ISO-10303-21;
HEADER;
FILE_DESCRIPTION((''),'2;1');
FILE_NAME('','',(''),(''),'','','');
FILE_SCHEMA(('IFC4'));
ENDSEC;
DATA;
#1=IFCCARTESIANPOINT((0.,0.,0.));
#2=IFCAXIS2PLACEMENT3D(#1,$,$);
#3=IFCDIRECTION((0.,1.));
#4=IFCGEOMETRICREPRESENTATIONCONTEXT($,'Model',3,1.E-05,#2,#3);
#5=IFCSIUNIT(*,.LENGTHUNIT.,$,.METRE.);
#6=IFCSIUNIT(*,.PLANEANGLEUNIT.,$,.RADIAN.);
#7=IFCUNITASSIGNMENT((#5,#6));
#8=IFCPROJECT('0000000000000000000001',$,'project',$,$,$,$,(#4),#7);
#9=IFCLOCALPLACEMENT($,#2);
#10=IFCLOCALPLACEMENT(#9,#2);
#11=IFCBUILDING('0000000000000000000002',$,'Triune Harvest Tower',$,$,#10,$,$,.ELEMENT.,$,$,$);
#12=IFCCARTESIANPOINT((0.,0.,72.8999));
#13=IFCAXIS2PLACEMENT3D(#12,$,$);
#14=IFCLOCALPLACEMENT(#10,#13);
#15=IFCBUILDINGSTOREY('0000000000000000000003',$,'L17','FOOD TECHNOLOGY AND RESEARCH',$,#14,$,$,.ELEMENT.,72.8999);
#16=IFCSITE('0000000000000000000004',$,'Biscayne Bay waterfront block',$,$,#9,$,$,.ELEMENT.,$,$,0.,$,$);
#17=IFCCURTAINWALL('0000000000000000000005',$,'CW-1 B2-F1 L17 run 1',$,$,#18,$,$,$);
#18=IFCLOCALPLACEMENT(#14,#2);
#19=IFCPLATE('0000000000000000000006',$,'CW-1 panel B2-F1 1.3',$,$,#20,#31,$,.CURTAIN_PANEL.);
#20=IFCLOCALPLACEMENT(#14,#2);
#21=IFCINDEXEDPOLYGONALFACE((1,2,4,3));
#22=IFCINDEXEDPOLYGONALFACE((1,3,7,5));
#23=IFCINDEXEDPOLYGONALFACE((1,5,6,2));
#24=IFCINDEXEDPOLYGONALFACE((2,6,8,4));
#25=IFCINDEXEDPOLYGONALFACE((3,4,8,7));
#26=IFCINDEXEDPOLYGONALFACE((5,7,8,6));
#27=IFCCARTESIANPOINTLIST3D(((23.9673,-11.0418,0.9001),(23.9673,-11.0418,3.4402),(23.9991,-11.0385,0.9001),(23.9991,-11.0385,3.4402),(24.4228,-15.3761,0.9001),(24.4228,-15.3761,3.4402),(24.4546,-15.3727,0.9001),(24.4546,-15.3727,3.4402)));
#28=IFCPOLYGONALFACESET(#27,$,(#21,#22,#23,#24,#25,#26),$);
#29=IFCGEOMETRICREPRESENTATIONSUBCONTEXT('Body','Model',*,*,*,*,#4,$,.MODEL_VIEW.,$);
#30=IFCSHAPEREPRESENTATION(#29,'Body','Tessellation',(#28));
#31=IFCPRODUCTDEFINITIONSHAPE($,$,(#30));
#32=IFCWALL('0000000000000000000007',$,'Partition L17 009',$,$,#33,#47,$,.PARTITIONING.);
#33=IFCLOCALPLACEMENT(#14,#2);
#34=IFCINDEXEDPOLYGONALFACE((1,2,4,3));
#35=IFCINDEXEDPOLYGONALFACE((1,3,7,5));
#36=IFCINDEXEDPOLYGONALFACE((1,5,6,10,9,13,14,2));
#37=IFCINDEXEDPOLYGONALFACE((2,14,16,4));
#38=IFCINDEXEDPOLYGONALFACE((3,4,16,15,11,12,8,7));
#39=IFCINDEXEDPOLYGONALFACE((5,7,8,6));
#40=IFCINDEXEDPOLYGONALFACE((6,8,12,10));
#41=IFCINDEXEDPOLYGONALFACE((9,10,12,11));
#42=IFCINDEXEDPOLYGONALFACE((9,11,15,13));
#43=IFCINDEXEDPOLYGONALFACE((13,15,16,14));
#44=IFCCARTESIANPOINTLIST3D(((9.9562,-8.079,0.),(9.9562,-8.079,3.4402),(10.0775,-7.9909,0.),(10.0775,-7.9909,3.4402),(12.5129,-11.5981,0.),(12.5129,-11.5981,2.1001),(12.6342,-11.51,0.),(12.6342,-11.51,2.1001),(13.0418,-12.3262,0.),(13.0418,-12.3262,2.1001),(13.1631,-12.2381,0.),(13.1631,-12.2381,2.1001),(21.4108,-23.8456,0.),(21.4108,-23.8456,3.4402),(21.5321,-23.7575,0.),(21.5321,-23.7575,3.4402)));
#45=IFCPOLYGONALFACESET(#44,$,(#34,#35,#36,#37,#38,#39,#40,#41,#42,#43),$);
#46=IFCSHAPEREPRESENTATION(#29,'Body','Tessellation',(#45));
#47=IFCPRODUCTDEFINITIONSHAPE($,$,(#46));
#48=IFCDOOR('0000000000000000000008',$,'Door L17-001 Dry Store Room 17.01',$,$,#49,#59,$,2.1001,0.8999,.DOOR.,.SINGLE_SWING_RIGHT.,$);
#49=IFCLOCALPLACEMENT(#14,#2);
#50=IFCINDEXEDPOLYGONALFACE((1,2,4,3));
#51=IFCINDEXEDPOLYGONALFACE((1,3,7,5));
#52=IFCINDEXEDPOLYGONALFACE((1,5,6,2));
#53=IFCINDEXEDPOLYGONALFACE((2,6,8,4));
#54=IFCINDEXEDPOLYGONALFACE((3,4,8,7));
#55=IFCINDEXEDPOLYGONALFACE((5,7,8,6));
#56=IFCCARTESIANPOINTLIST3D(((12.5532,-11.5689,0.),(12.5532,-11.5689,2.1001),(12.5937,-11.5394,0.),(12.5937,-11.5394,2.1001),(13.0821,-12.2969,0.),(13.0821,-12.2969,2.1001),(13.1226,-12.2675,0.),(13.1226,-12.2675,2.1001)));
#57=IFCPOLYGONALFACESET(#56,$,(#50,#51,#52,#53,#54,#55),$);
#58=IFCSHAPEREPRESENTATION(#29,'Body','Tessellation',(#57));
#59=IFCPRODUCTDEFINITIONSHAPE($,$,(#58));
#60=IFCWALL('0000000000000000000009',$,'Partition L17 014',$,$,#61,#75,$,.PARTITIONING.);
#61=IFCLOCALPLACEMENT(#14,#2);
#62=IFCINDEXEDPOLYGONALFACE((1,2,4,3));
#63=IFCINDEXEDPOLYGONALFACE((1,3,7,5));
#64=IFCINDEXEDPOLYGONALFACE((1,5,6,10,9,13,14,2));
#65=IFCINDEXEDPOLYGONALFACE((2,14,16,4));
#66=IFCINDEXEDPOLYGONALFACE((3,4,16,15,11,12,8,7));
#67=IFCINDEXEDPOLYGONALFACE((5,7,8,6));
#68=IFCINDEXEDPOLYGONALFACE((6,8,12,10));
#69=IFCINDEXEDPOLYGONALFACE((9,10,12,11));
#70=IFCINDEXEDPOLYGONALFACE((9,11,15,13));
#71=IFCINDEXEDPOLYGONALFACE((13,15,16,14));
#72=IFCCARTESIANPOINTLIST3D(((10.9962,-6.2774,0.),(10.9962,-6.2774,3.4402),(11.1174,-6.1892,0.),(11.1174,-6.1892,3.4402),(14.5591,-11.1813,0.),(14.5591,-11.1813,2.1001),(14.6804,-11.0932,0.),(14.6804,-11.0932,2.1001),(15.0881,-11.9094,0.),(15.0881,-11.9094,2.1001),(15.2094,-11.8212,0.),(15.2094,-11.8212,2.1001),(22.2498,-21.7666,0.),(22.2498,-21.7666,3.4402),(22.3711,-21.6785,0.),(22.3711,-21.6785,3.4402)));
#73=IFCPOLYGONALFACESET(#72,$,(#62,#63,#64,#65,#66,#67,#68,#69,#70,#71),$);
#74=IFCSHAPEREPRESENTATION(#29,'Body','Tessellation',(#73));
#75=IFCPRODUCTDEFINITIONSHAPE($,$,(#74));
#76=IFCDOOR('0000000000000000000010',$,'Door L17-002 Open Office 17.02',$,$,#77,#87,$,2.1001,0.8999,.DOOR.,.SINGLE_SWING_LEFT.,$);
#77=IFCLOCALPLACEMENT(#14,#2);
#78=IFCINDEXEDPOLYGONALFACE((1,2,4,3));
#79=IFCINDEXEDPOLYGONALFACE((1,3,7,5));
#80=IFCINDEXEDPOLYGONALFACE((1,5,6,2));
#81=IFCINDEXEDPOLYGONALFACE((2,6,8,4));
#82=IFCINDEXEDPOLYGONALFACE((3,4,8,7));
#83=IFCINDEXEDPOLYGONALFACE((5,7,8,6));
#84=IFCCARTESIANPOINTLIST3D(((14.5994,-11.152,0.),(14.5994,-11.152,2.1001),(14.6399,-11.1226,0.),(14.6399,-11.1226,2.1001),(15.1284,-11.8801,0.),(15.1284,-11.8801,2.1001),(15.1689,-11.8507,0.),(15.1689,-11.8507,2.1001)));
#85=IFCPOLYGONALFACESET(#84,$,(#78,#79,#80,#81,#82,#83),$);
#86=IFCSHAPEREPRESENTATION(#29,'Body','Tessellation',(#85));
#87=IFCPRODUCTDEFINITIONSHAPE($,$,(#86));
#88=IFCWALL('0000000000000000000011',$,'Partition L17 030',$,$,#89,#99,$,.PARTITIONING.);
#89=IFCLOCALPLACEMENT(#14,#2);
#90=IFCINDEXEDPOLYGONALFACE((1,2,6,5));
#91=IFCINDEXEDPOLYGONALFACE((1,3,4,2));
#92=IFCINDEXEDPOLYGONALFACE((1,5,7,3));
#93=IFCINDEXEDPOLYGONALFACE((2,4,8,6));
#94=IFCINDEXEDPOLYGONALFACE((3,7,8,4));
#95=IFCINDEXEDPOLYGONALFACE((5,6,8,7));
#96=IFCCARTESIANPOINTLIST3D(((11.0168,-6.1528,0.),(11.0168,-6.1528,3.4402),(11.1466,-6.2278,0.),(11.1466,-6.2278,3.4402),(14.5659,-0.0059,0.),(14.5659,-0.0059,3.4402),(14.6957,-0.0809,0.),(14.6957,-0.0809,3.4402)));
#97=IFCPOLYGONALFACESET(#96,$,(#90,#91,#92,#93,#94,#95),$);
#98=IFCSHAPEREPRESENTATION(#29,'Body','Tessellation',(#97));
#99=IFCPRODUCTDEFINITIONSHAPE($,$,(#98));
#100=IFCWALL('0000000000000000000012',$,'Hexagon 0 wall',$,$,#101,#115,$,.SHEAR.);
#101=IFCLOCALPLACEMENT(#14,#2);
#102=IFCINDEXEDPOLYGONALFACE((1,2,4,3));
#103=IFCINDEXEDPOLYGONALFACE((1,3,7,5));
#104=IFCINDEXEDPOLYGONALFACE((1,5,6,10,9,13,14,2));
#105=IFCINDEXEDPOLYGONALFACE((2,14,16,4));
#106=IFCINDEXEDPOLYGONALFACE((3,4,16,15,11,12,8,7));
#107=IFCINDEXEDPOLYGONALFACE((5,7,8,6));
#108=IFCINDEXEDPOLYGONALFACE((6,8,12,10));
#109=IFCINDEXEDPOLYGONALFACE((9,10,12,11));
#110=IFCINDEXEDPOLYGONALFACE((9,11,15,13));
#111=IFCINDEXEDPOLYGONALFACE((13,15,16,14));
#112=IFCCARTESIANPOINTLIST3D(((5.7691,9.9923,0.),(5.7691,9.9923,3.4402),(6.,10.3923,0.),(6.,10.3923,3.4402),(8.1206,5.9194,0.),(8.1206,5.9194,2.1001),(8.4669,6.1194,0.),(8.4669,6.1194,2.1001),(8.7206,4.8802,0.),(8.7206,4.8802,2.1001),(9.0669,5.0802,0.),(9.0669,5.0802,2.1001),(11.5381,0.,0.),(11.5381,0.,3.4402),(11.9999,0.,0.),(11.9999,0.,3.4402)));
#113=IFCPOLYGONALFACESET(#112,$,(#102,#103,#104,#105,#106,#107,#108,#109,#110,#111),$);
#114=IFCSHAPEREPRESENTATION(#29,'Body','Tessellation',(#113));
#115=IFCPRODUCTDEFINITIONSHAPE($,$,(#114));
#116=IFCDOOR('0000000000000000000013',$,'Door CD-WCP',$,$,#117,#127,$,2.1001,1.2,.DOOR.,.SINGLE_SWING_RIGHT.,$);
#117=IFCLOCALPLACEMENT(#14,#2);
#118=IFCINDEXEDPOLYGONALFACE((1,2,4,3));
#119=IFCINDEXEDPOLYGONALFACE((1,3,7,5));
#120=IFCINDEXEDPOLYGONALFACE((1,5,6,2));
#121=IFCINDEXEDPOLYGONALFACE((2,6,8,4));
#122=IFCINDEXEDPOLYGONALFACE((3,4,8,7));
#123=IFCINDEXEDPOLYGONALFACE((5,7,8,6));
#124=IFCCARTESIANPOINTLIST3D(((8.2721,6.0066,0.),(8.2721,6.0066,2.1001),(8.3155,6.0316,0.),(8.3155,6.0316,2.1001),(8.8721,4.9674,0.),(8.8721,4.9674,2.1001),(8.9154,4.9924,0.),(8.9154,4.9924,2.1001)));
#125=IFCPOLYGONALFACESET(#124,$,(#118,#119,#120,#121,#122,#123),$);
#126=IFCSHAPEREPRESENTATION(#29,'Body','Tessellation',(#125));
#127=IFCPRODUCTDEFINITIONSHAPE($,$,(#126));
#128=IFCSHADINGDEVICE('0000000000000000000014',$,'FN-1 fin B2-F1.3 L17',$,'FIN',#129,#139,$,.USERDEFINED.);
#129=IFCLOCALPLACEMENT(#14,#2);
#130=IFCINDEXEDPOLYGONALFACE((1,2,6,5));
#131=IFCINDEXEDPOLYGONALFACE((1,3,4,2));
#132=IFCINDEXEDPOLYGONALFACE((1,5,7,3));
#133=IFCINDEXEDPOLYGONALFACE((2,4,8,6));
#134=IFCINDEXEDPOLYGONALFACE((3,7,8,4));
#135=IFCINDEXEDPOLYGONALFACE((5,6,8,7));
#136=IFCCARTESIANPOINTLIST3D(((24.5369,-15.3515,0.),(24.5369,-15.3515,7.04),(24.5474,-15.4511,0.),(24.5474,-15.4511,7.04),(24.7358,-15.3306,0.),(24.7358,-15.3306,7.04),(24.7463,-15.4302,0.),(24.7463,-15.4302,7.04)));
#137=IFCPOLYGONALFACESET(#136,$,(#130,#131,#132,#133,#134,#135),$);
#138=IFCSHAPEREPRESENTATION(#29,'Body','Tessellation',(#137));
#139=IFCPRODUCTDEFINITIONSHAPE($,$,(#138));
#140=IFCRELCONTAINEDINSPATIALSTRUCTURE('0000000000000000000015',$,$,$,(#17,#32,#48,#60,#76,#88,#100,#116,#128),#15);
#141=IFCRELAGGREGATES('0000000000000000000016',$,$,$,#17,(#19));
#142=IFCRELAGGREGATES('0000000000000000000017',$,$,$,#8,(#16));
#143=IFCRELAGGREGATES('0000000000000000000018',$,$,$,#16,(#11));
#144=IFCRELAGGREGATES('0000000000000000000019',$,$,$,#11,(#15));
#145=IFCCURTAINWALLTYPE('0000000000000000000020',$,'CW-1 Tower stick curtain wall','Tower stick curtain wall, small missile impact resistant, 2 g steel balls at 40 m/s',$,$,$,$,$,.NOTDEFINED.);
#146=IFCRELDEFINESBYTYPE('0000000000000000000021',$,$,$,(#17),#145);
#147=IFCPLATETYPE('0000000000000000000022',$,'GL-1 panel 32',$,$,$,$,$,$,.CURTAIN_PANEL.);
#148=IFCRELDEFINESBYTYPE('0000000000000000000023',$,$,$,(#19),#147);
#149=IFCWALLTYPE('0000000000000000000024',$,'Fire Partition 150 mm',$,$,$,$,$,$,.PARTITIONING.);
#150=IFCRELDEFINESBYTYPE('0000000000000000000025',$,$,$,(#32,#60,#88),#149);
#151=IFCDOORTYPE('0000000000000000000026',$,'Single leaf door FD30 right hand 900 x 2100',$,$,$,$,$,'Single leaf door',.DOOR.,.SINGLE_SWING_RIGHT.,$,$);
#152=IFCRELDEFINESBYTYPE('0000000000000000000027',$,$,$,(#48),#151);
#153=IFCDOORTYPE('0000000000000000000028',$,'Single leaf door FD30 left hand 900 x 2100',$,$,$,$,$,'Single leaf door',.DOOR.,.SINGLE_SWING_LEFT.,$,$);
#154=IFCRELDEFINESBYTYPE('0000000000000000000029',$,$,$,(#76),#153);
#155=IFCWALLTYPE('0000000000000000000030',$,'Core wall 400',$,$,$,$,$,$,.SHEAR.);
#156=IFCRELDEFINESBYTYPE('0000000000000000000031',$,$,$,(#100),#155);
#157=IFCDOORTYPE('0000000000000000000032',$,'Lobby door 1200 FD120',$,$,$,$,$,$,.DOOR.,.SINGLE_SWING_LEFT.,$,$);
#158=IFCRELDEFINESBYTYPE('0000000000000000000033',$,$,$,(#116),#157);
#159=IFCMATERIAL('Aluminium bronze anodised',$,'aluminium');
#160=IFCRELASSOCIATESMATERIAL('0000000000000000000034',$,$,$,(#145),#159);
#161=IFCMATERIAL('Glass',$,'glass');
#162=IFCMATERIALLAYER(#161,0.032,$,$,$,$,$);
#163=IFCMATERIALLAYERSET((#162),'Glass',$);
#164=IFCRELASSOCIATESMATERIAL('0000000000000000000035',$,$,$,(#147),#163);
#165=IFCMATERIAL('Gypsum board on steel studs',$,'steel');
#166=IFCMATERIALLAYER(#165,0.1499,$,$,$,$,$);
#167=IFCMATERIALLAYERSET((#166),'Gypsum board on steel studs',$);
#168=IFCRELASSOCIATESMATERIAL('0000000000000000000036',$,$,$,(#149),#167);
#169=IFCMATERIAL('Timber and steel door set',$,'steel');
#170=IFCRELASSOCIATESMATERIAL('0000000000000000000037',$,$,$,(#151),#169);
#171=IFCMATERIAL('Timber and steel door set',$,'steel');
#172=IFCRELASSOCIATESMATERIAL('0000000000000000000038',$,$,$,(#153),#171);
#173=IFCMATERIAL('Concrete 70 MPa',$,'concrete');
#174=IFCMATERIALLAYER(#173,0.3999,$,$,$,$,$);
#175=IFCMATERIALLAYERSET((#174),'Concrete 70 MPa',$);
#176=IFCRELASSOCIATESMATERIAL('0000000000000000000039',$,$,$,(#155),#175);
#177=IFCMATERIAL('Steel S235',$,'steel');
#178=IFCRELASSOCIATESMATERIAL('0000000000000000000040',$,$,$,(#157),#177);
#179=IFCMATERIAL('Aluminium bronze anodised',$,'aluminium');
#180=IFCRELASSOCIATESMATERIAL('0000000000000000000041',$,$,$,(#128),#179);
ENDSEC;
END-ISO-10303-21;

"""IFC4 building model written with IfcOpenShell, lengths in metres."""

from ifc_helpers import new_model, si_unit, direction, frame, frame_2d, origin, origin_2d, place, context, subcontext, project, spatial, polyline, rectangle, outline, extrude, source, transform, mapped, material, layer, layer_set, type_object, element, fill, aggregate, save


model = new_model("IFC4")

# Units and contexts
model_context = context("Model", 3, precision=1e-05, world=origin(), true_north=direction((0.0, 1.0)))
body_context = subcontext(model_context, "Body", "Model", "MODEL_VIEW")
ifc_project = project(units=[si_unit("LENGTHUNIT", "METRE"), si_unit("PLANEANGLEUNIT", "RADIAN")], contexts=[model_context])

# Site, building, storey
site_placement = place(None, origin())
site = spatial("IfcSite", under=ifc_project, at=site_placement, Name="Biscayne Bay waterfront block", CompositionType="ELEMENT", RefElevation=0.0)
building_placement = place(site_placement, origin())
building = spatial("IfcBuilding", under=site, at=building_placement, Name="Triune Harvest Tower", CompositionType="ELEMENT")
storey_placement = place(building_placement, frame((0.0, 0.0, 72.8999)))
storey = spatial("IfcBuildingStorey", under=building, at=storey_placement, Name="L17", Description="FOOD TECHNOLOGY AND RESEARCH", CompositionType="ELEMENT", Elevation=72.8999)

# Curtain wall
ifc_material_1 = material(Name="Aluminium bronze anodised", Category="aluminium")
curtain_wall_type_1 = type_object("IfcCurtainWallType", Name="CW-1 Tower stick curtain wall", Description="Tower stick curtain wall, small missile impact resistant, 2 g steel balls at 40 m/s", PredefinedType="NOTDEFINED", material=ifc_material_1)
curtain_wall_1_placement = place(storey_placement, origin())
curtain_wall_1 = element("IfcCurtainWall", 1, at=curtain_wall_1_placement, inside=storey, type_object=curtain_wall_type_1, Name="CW-1 B2-F1 L17 run 1")

# Plate
ifc_material_2 = material(Name="Glass", Category="glass")
ifc_layer_1 = layer(ifc_material_2, 0.032)
ifc_layer_set_1 = layer_set([ifc_layer_1], Name="Glass")
plate_type_1 = type_object("IfcPlateType", Name="GL-1 panel 32", PredefinedType="CURTAIN_PANEL", material=ifc_layer_set_1)
shared_shape_1 = source(origin(), body_context, "Body", "SweptSolid", [
    extrude(rectangle(XDim=4.3582, YDim=0.032, at=origin_2d()), origin(), (0.0, 0.0, 1.0), 2.54),
])
plate_1_placement = place(storey_placement, frame((24.2109, -13.2073, 0.9001), z_axis=(0.0, 0.0, 1.0), x_axis=(-0.104527, 0.994522, 0.0)))
plate_1 = element("IfcPlate", 2, at=plate_1_placement, type_object=plate_type_1, Name="CW-1 panel B2-F1 1.3", PredefinedType="CURTAIN_PANEL", context=body_context, shape_type="MappedRepresentation", body=[
    mapped(shared_shape_1, transform((0.0, 0.0, 0.0), scale=1.0)),
])
aggregate(curtain_wall_1, [plate_1])

# Walls, openings, doors
ifc_material_3 = material(Name="Gypsum board on steel studs", Category="steel")
ifc_layer_2 = layer(ifc_material_3, 0.1499)
ifc_layer_set_2 = layer_set([ifc_layer_2], Name="Gypsum board on steel studs")
wall_type_1 = type_object("IfcWallType", Name="Fire Partition 150 mm", PredefinedType="PARTITIONING", material=ifc_layer_set_2)
wall_1_placement = place(storey_placement, frame((10.0168, -8.0349, 0.0), z_axis=(0.0, 0.0, 1.0), x_axis=(0.587768, -0.80903, 0.0)))
wall_1 = element("IfcWall", 3, at=wall_1_placement, inside=storey, type_object=wall_type_1, Name="Partition L17 009", PredefinedType="PARTITIONING", context=body_context, shape_type="SweptSolid", body=[
    extrude(rectangle(XDim=19.4883, YDim=0.1499, at=frame_2d((9.7441, 0.0))), origin(), (0.0, 0.0, 1.0), 3.4402),
])
opening_1_placement = place(wall_1_placement, frame((4.3499, 0.0, 0.0)))
opening_1 = element("IfcOpeningElement", 4, at=opening_1_placement, cuts=wall_1, PredefinedType="OPENING", context=body_context, shape_type="SweptSolid", body=[
    extrude(rectangle(XDim=0.8999, YDim=2.1001, at=frame_2d((0.45, 1.05))), frame((0.0, 0.085, 0.0), z_axis=(0.0, -1.0, 0.0), x_axis=(1.0, 0.0, 0.0)), (0.0, 0.0, 1.0), 0.1699),
])
ifc_material_4 = material(Name="Timber and steel door set", Category="steel")
door_type_1 = type_object("IfcDoorType", Name="Single leaf door FD30 right hand 900 x 2100", ElementType="Single leaf door", OperationType="SINGLE_SWING_RIGHT", PredefinedType="DOOR", material=ifc_material_4)
door_1_placement = place(opening_1_placement, origin())
door_1 = element("IfcDoor", 5, at=door_1_placement, inside=storey, type_object=door_type_1, Name="Door L17-001 Dry Store Room 17.01", OperationType="SINGLE_SWING_RIGHT", OverallHeight=2.1001, OverallWidth=0.8999, PredefinedType="DOOR", context=body_context, shape_type="SweptSolid", body=[
    extrude(rectangle(XDim=0.8999, YDim=2.1001, at=frame_2d((0.45, 1.05))), frame((0.0, 0.0249, 0.0), z_axis=(0.0, -1.0, 0.0), x_axis=(1.0, 0.0, 0.0)), (0.0, 0.0, 1.0), 0.05),
])
fill(opening_1, door_1)
wall_2_placement = place(storey_placement, frame((11.0569, -6.2334, 0.0), z_axis=(0.0, 0.0, 1.0), x_axis=(0.587787, -0.809016, 0.0)))
wall_2 = element("IfcWall", 6, at=wall_2_placement, inside=storey, type_object=wall_type_1, Name="Partition L17 014", PredefinedType="PARTITIONING", context=body_context, shape_type="SweptSolid", body=[
    extrude(rectangle(XDim=19.1458, YDim=0.1499, at=frame_2d((9.5728, 0.0))), origin(), (0.0, 0.0, 1.0), 3.4402),
])
opening_2_placement = place(wall_2_placement, frame((6.0615, 0.0, 0.0)))
opening_2 = element("IfcOpeningElement", 7, at=opening_2_placement, cuts=wall_2, PredefinedType="OPENING", context=body_context, shape_type="SweptSolid", body=[
    extrude(rectangle(XDim=0.8999, YDim=2.1001, at=frame_2d((0.45, 1.05))), frame((0.0, 0.085, 0.0), z_axis=(0.0, -1.0, 0.0), x_axis=(1.0, 0.0, 0.0)), (0.0, 0.0, 1.0), 0.1699),
])
ifc_material_5 = material(Name="Timber and steel door set", Category="steel")
door_type_2 = type_object("IfcDoorType", Name="Single leaf door FD30 left hand 900 x 2100", ElementType="Single leaf door", OperationType="SINGLE_SWING_LEFT", PredefinedType="DOOR", material=ifc_material_5)
door_2_placement = place(opening_2_placement, origin())
door_2 = element("IfcDoor", 8, at=door_2_placement, inside=storey, type_object=door_type_2, Name="Door L17-002 Open Office 17.02", OperationType="SINGLE_SWING_LEFT", OverallHeight=2.1001, OverallWidth=0.8999, PredefinedType="DOOR", context=body_context, shape_type="SweptSolid", body=[
    extrude(rectangle(XDim=0.8999, YDim=2.1001, at=frame_2d((0.45, 1.05))), frame((0.0, 0.0249, 0.0), z_axis=(0.0, -1.0, 0.0), x_axis=(1.0, 0.0, 0.0)), (0.0, 0.0, 1.0), 0.05),
])
fill(opening_2, door_2)

# Wall
wall_3_placement = place(storey_placement, frame((11.0818, -6.1902, 0.0), z_axis=(0.0, 0.0, 1.0), x_axis=(0.500012, 0.866018, 0.0)))
element("IfcWall", 9, at=wall_3_placement, inside=storey, type_object=wall_type_1, Name="Partition L17 030", PredefinedType="PARTITIONING", context=body_context, shape_type="SweptSolid", body=[
    extrude(rectangle(XDim=7.0979, YDim=0.1499, at=frame_2d((3.5488, 0.0))), origin(), (0.0, 0.0, 1.0), 3.4402),
])

# Wall, opening, door
ifc_material_6 = material(Name="Concrete 70 MPa", Category="concrete")
ifc_layer_3 = layer(ifc_material_6, 0.3999)
ifc_layer_set_3 = layer_set([ifc_layer_3], Name="Concrete 70 MPa")
wall_type_2 = type_object("IfcWallType", Name="Core wall 400", PredefinedType="SHEAR", material=ifc_layer_set_3)
shared_shape_2 = source(origin(), body_context, "Body", "SweptSolid", [
    extrude(outline(polyline([(-0.1155, -0.2), (11.8845, -0.2), (11.6536, 0.2), (0.1155, 0.2), (-0.1155, -0.2)])), origin(), (0.0, 0.0, 1.0), 3.4402),
])
wall_4_placement = place(storey_placement, frame((11.769, 0.0, 0.0), z_axis=(0.0, 0.0, 1.0), x_axis=(-0.499997, 0.866027, 0.0)))
wall_4 = element("IfcWall", 10, at=wall_4_placement, inside=storey, type_object=wall_type_2, Name="Hexagon 0 wall", PredefinedType="SHEAR", context=body_context, shape_type="MappedRepresentation", body=[
    mapped(shared_shape_2, transform((0.0, 0.0, 0.0), scale=1.0)),
])
opening_3_placement = place(wall_4_placement, frame((5.7505, 0.0, 0.0)))
opening_3 = element("IfcOpeningElement", 11, at=opening_3_placement, cuts=wall_4, PredefinedType="OPENING", context=body_context, shape_type="SweptSolid", body=[
    extrude(rectangle(XDim=1.2, YDim=2.1001, at=frame_2d((0.6001, 1.05))), frame((0.0, 0.21, 0.0), z_axis=(0.0, -1.0, 0.0), x_axis=(1.0, 0.0, 0.0)), (0.0, 0.0, 1.0), 0.4199),
])
ifc_material_7 = material(Name="Steel S235", Category="steel")
door_type_3 = type_object("IfcDoorType", Name="Lobby door 1200 FD120", OperationType="SINGLE_SWING_LEFT", PredefinedType="DOOR", material=ifc_material_7)
door_3_placement = place(opening_3_placement, frame((1.2, 0.0, 0.0), z_axis=(0.0, 0.0, 1.0), x_axis=(-1.0, 0.0, 0.0)))
door_3 = element("IfcDoor", 12, at=door_3_placement, inside=storey, type_object=door_type_3, Name="Door CD-WCP", OperationType="SINGLE_SWING_RIGHT", OverallHeight=2.1001, OverallWidth=1.2, PredefinedType="DOOR", context=body_context, shape_type="SweptSolid", body=[
    extrude(rectangle(XDim=1.2, YDim=2.1001, at=frame_2d((0.6001, 1.05))), frame((0.0, 0.0249, 0.0), z_axis=(0.0, -1.0, 0.0), x_axis=(1.0, 0.0, 0.0)), (0.0, 0.0, 1.0), 0.05),
])
fill(opening_3, door_3)

# Shading device
ifc_material_8 = material(Name="Aluminium bronze anodised", Category="aluminium")
shared_shape_3 = source(origin(), body_context, "Body", "SweptSolid", [
    extrude(rectangle(XDim=0.1001, YDim=0.2, at=origin_2d()), origin(), (0.0, 0.0, 1.0), 7.04),
])
shading_device_placement = place(storey_placement, frame((24.6416, -15.3909, 0.0), z_axis=(0.0, 0.0, 1.0), x_axis=(-0.104528, 0.994522, 0.0)))
element("IfcShadingDevice", 13, at=shading_device_placement, inside=storey, material=ifc_material_8, Name="FN-1 fin B2-F1.3 L17", ObjectType="FIN", PredefinedType="USERDEFINED", context=body_context, shape_type="MappedRepresentation", body=[
    mapped(shared_shape_3, transform((0.0, 0.0, 0.0), scale=1.0)),
])

save(model, "model.ifc")
